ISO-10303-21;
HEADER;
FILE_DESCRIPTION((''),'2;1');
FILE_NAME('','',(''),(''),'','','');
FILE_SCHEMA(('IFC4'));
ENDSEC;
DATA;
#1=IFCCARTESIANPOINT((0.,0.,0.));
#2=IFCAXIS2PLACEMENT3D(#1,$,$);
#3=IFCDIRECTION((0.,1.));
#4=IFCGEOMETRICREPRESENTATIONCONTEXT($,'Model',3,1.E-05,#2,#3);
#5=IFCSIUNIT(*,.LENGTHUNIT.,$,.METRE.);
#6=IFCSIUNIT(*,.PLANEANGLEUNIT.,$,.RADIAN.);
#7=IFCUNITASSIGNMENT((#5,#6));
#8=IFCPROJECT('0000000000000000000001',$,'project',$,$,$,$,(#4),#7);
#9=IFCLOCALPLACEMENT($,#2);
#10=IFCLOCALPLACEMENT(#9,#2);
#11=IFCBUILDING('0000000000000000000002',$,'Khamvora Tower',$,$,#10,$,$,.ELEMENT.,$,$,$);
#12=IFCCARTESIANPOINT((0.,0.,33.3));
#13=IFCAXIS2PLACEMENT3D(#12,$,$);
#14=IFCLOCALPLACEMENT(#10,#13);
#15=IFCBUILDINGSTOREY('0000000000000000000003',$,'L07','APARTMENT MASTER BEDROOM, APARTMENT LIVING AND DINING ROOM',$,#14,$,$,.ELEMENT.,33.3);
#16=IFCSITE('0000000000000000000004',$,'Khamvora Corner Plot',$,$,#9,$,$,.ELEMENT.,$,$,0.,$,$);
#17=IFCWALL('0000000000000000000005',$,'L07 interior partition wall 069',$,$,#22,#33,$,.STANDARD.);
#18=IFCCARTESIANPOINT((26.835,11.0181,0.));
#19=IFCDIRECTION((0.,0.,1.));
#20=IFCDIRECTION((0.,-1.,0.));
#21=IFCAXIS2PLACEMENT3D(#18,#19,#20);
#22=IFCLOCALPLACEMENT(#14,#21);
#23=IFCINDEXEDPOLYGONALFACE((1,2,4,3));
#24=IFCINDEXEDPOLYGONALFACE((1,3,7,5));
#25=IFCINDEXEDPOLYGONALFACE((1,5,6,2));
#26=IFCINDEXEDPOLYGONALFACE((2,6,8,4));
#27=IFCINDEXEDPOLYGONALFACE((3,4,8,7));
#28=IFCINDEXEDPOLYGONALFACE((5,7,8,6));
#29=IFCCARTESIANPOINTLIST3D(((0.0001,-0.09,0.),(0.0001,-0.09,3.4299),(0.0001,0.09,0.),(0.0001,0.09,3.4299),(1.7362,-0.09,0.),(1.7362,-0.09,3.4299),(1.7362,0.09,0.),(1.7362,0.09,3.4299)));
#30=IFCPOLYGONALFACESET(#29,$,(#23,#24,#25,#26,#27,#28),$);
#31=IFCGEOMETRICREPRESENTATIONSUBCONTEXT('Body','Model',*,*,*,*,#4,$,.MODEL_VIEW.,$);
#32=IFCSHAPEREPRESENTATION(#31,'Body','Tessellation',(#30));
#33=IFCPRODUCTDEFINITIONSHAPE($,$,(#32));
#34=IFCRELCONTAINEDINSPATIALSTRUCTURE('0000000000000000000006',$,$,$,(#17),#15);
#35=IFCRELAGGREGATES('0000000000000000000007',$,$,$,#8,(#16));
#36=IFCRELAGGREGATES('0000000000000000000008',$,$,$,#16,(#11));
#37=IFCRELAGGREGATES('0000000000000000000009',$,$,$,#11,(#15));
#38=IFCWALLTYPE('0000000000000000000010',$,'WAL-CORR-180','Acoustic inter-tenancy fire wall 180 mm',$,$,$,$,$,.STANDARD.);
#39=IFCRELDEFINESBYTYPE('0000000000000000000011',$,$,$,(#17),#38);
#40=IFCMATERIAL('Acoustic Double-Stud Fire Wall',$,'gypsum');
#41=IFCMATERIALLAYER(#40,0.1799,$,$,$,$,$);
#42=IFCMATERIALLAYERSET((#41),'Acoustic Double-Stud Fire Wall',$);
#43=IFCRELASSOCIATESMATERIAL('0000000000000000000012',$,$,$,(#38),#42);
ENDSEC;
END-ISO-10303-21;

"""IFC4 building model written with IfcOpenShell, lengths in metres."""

from ifc_helpers import new_model, si_unit, direction, frame, frame_2d, origin, place, context, subcontext, project, spatial, rectangle, extrude, material, layer, layer_set, type_object, element, save


model = new_model("IFC4")

# Units and contexts
model_context = context("Model", 3, precision=1e-05, world=origin(), true_north=direction((0.0, 1.0)))
body_context = subcontext(model_context, "Body", "Model", "MODEL_VIEW")
ifc_project = project(units=[si_unit("LENGTHUNIT", "METRE"), si_unit("PLANEANGLEUNIT", "RADIAN")], contexts=[model_context])

# Site, building, storey
site_placement = place(None, origin())
site = spatial("IfcSite", under=ifc_project, at=site_placement, Name="Khamvora Corner Plot", CompositionType="ELEMENT", RefElevation=0.0)
building_placement = place(site_placement, origin())
building = spatial("IfcBuilding", under=site, at=building_placement, Name="Khamvora Tower", CompositionType="ELEMENT")
storey_placement = place(building_placement, frame((0.0, 0.0, 33.3)))
storey = spatial("IfcBuildingStorey", under=building, at=storey_placement, Name="L07", Description="APARTMENT MASTER BEDROOM, APARTMENT LIVING AND DINING ROOM", CompositionType="ELEMENT", Elevation=33.3)

# Wall
ifc_material_1 = material(Name="Acoustic Double-Stud Fire Wall", Category="gypsum")
ifc_layer_1 = layer(ifc_material_1, 0.1799)
ifc_layer_set_1 = layer_set([ifc_layer_1], Name="Acoustic Double-Stud Fire Wall")
wall_type_1 = type_object("IfcWallType", Name="WAL-CORR-180", Description="Acoustic inter-tenancy fire wall 180 mm", PredefinedType="STANDARD", material=ifc_layer_set_1)
wall_1_placement = place(storey_placement, frame((26.835, 11.0181, 0.0), z_axis=(0.0, 0.0, 1.0), x_axis=(0.0, -1.0, 0.0)))
element("IfcWall", 1, at=wall_1_placement, inside=storey, type_object=wall_type_1, Name="L07 interior partition wall 069", PredefinedType="STANDARD", context=body_context, shape_type="SweptSolid", body=[
    extrude(rectangle(XDim=1.7361, YDim=0.1799, at=frame_2d((0.8682, 0.0))), origin(), (0.0, 0.0, 1.0), 3.4299),
])

save(model, "model.ifc")
